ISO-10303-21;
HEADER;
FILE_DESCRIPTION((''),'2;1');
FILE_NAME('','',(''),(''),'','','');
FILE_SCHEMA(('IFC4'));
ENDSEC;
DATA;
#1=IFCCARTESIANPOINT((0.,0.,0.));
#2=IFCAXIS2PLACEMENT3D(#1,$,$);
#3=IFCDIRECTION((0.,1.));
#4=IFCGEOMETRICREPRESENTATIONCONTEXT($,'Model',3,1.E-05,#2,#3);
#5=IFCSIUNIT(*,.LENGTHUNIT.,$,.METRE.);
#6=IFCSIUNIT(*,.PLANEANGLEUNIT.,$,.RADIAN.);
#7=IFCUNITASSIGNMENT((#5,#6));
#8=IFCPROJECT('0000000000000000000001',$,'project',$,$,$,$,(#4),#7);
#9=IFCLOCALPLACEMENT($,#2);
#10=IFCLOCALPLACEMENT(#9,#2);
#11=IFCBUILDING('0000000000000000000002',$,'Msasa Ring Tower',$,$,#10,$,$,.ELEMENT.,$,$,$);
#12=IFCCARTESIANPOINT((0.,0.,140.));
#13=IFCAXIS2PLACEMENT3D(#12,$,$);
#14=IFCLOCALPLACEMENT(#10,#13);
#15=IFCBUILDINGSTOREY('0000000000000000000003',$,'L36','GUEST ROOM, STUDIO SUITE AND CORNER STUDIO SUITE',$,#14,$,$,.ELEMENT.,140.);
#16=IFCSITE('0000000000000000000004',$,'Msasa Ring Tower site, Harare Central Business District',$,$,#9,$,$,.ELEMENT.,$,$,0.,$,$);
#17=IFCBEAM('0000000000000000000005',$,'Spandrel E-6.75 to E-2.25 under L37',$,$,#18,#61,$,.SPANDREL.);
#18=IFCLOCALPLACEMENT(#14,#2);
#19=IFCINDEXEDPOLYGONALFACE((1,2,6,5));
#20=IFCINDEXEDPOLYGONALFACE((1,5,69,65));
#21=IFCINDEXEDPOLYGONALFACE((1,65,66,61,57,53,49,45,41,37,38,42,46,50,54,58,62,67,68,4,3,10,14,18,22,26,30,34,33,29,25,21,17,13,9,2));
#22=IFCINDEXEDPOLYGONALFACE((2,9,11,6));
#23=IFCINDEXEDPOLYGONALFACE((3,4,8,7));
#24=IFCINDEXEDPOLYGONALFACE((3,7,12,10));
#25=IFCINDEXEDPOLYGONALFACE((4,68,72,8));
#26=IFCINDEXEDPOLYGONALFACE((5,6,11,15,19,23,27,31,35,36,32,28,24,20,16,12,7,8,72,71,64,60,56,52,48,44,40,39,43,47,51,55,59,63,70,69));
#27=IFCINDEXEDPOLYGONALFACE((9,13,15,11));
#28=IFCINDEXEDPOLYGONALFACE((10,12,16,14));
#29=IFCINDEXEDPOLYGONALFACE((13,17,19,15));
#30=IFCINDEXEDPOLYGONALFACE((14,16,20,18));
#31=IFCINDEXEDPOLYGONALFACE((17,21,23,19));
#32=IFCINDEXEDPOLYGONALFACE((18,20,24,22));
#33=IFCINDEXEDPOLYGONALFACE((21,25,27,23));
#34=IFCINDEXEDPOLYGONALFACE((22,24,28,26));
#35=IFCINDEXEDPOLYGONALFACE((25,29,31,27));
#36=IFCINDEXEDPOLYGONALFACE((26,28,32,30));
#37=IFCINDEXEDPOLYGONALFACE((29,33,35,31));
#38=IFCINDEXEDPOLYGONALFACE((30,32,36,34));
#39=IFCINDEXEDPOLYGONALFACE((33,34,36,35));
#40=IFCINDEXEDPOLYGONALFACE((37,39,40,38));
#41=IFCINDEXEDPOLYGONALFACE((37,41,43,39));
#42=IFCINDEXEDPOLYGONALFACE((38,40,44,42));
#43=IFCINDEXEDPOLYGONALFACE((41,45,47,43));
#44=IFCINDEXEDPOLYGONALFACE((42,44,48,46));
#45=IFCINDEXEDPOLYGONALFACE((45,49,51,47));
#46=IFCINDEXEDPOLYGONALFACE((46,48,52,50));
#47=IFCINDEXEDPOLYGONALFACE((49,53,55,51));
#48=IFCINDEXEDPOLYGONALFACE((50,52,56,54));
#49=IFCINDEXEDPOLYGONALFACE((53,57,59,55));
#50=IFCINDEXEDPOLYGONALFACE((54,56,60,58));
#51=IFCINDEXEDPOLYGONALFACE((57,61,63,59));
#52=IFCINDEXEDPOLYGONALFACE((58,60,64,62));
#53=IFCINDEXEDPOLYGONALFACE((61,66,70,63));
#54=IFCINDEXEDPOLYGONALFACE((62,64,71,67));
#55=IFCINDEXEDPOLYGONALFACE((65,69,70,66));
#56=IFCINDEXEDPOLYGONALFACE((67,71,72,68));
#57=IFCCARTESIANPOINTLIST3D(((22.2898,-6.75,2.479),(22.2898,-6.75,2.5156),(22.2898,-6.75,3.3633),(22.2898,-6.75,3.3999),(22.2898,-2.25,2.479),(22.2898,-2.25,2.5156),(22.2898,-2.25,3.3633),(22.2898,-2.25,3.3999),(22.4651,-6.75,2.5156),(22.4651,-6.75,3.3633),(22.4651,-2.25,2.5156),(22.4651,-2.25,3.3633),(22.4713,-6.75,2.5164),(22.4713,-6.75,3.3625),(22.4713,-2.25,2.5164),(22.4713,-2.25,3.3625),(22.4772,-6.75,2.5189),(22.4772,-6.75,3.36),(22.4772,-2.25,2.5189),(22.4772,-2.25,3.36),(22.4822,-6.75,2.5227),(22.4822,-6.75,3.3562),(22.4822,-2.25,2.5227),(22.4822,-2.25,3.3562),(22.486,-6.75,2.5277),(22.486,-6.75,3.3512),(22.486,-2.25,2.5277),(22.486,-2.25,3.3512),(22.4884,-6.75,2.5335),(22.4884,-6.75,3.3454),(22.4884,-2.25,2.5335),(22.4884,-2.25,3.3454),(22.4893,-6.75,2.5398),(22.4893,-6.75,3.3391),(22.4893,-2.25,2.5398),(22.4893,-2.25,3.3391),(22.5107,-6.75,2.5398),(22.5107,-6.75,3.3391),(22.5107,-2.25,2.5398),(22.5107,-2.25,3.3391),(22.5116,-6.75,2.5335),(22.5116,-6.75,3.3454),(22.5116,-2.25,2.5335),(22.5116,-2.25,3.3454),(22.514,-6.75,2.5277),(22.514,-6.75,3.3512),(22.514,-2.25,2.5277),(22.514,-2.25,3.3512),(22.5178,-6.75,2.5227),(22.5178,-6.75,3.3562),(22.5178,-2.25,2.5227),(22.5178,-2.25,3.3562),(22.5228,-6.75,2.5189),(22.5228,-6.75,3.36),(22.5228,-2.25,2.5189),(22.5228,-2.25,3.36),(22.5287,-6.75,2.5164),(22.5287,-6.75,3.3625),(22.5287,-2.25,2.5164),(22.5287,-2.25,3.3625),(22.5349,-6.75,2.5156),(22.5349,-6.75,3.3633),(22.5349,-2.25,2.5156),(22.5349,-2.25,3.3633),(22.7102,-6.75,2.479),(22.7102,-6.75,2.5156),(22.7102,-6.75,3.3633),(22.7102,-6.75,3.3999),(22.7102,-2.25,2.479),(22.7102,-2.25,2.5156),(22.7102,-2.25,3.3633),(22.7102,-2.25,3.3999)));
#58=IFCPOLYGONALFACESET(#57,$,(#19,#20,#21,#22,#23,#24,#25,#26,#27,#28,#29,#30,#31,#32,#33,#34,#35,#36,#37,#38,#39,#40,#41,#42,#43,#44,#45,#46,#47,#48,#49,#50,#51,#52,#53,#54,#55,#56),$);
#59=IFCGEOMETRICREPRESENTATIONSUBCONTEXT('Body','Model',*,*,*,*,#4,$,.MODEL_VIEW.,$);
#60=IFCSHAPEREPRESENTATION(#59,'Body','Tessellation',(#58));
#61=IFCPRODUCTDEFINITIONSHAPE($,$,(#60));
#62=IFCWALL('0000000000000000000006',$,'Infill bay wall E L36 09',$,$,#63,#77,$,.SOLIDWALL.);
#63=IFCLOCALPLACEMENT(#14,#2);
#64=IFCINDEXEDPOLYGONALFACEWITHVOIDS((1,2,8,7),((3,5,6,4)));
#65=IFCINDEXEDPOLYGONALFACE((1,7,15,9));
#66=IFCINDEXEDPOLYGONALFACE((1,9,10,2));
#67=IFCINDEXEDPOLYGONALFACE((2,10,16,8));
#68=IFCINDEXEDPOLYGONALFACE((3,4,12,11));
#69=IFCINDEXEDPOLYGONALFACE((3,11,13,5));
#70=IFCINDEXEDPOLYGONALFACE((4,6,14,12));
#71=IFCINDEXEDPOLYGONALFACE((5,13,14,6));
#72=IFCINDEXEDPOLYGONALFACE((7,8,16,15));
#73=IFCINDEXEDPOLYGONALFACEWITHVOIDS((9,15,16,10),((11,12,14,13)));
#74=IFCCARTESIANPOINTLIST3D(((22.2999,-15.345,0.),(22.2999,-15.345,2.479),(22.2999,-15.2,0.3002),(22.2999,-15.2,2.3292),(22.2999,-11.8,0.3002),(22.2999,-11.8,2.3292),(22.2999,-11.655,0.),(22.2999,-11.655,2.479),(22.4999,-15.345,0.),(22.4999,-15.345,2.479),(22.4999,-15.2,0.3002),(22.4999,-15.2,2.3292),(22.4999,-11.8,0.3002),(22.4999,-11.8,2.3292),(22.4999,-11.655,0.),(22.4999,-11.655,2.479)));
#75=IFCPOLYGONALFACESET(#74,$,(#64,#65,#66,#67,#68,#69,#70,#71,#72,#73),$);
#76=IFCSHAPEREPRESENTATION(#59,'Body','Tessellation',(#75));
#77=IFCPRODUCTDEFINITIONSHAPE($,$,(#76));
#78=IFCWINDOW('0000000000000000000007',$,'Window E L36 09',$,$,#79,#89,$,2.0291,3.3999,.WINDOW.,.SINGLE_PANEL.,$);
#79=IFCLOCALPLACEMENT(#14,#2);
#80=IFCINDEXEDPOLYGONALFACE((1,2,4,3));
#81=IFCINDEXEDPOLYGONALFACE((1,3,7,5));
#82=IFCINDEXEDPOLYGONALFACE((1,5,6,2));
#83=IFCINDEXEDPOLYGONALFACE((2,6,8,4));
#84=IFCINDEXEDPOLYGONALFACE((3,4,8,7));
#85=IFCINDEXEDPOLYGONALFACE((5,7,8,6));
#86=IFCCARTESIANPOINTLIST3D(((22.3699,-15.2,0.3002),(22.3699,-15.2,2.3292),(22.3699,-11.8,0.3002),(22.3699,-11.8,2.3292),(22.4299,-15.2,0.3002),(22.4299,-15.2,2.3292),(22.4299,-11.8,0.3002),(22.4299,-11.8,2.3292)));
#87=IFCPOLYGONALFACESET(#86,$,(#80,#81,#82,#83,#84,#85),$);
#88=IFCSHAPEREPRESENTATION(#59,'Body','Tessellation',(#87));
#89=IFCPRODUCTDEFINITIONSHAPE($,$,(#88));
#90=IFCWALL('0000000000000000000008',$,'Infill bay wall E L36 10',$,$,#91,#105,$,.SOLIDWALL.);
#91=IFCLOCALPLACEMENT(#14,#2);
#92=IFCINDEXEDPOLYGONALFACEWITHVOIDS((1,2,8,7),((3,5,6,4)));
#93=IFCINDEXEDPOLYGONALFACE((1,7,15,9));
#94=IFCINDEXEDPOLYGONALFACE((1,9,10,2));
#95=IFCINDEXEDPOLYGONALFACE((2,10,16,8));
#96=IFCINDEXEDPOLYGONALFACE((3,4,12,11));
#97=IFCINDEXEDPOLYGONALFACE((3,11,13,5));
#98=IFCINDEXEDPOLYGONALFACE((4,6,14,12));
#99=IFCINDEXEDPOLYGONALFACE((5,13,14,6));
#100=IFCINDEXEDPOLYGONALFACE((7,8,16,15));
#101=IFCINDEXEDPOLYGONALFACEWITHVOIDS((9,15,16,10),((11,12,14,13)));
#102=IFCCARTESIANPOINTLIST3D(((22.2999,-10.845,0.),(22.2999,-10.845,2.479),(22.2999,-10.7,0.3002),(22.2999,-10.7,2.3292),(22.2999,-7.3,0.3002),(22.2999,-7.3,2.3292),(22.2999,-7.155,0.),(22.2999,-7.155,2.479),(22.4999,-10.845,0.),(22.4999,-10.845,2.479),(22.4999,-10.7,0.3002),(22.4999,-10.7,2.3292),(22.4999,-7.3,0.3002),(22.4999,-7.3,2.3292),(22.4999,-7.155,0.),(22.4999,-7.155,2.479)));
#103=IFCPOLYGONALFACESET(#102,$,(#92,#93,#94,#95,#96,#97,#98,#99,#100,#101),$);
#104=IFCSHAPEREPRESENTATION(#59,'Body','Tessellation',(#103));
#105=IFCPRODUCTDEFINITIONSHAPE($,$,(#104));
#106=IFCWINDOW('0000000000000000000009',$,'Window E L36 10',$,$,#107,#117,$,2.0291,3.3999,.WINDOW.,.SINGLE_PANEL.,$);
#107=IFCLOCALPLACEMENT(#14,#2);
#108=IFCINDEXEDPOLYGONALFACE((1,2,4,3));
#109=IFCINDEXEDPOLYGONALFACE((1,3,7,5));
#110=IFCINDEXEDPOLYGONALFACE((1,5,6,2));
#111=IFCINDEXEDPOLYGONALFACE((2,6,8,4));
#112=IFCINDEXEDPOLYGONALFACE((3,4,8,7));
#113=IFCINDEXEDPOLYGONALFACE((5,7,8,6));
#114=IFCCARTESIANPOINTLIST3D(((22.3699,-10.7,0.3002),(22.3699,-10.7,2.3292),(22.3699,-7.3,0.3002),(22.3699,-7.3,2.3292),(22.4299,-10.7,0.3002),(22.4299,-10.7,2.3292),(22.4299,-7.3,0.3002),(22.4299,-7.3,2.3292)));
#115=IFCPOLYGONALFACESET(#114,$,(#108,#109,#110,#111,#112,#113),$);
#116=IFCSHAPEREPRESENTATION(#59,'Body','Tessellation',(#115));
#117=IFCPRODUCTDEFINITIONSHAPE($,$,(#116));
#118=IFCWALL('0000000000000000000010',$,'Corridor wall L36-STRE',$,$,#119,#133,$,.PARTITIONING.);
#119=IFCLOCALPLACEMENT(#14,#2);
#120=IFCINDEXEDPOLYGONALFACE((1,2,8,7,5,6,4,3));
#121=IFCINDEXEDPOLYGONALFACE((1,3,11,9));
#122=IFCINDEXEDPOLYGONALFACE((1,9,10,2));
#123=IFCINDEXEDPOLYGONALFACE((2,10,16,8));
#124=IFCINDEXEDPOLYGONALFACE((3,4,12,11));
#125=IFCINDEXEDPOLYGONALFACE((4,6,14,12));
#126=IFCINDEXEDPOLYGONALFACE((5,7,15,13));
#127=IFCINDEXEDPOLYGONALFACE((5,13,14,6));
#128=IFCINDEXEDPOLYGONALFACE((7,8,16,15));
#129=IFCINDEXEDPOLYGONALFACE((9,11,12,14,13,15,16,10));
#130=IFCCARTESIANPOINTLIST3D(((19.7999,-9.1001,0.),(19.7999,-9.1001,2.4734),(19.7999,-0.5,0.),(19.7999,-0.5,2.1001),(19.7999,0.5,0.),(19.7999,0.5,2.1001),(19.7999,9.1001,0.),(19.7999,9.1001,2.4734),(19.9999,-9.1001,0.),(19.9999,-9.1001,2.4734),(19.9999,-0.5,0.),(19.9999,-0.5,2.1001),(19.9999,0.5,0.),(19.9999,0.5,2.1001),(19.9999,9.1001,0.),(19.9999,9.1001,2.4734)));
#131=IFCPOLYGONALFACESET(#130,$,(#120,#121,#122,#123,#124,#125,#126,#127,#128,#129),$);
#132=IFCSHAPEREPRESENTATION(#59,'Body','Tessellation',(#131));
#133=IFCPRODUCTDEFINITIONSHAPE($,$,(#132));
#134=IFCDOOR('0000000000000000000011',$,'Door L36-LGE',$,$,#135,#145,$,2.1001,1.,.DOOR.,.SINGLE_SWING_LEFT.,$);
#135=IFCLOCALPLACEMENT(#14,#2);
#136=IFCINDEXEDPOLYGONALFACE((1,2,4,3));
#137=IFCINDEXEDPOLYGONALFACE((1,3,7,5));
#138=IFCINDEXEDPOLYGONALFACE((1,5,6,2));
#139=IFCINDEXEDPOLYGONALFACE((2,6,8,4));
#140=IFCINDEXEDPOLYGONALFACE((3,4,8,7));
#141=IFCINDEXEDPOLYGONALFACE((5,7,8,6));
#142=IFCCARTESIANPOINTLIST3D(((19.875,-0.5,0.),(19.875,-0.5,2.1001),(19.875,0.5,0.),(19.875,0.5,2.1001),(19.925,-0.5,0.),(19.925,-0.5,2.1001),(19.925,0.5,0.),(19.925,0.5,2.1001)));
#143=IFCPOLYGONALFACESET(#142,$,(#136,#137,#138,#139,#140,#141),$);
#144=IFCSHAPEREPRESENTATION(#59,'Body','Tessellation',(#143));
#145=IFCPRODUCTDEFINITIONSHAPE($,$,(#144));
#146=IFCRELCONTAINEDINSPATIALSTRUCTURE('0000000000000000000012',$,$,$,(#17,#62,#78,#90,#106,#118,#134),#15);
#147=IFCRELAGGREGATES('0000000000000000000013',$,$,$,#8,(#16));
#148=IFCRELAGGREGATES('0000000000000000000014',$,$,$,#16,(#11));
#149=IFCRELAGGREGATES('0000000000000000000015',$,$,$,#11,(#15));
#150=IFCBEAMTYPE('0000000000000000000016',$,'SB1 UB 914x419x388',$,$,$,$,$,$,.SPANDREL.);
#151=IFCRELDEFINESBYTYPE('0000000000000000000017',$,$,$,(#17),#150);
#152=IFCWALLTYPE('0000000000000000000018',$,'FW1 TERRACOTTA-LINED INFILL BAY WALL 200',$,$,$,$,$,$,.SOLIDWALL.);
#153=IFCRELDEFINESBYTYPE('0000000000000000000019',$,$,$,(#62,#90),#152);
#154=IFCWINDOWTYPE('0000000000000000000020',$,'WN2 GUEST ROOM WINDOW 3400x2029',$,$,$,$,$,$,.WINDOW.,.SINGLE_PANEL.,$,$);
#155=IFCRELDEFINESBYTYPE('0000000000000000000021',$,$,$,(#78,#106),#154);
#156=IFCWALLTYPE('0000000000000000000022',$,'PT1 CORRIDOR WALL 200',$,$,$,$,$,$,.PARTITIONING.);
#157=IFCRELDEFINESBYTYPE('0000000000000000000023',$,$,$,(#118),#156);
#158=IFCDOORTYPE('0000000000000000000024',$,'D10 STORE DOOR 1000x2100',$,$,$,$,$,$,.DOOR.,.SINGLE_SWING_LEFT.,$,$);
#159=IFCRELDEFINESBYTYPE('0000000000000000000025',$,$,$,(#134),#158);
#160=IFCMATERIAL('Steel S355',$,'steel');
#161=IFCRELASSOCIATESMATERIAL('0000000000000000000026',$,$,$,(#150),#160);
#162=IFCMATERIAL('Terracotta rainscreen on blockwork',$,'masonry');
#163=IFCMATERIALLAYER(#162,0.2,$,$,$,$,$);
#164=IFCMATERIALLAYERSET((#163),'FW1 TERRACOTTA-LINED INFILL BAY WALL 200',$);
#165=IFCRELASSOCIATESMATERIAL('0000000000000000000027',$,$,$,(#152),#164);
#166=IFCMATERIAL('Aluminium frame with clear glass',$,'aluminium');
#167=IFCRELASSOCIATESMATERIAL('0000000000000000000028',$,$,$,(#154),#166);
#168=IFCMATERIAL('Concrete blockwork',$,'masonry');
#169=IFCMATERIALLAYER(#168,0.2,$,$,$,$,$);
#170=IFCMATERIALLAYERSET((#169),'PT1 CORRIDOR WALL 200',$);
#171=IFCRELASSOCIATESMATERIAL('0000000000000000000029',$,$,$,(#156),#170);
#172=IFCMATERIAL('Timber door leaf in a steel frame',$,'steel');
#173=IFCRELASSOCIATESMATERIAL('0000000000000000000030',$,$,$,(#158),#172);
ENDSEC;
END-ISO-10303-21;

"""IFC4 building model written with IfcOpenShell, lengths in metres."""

from ifc_helpers import new_model, si_unit, direction, frame, frame_2d, origin, origin_2d, place, context, subcontext, project, spatial, rectangle, i_section, extrude, material, layer, layer_set, material_profile, profile_set, type_object, element, fill, save


model = new_model("IFC4")

# Units and contexts
model_context = context("Model", 3, precision=1e-05, world=origin(), true_north=direction((0.0, 1.0)))
body_context = subcontext(model_context, "Body", "Model", "MODEL_VIEW")
ifc_project = project(units=[si_unit("LENGTHUNIT", "METRE"), si_unit("PLANEANGLEUNIT", "RADIAN")], contexts=[model_context])

# Site, building, storey
site_placement = place(None, origin())
site = spatial("IfcSite", under=ifc_project, at=site_placement, Name="Msasa Ring Tower site, Harare Central Business District", CompositionType="ELEMENT", RefElevation=0.0)
building_placement = place(site_placement, origin())
building = spatial("IfcBuilding", under=site, at=building_placement, Name="Msasa Ring Tower", CompositionType="ELEMENT")
storey_placement = place(building_placement, frame((0.0, 0.0, 140.0)))
storey = spatial("IfcBuildingStorey", under=building, at=storey_placement, Name="L36", Description="GUEST ROOM, STUDIO SUITE AND CORNER STUDIO SUITE", CompositionType="ELEMENT", Elevation=140.0)

# Beam
ifc_material_1 = material(Name="Steel S355", Category="steel")
ifc_material_profile_1 = material_profile(ifc_material_1, i_section(OverallWidth=0.4204, OverallDepth=0.9209, WebThickness=0.0215, FlangeThickness=0.0366, FilletRadius=0.0242, at=origin_2d()), Name="UB 914x419x388")
ifc_profile_set_1 = profile_set([ifc_material_profile_1], Name="Steel S355")
beam_type_1 = type_object("IfcBeamType", Name="SB1 UB 914x419x388", PredefinedType="SPANDREL", material=ifc_profile_set_1)
for number, where, z_axis, x_axis, name in (
    (1, (22.5, -6.75, 2.9395), (0.0, 1.0, 0.0), (-1.0, 0.0, 0.0), "Spandrel E-6.75 to E-2.25 under L37"),
):
    element("IfcBeam", number, at=place(storey_placement, frame(where, z_axis=z_axis, x_axis=x_axis)), inside=storey, type_object=beam_type_1, Name=name, PredefinedType="SPANDREL", context=body_context, shape_type="SweptSolid", body=[
        extrude(i_section(OverallWidth=0.4204, OverallDepth=0.9209, WebThickness=0.0215, FlangeThickness=0.0366, FilletRadius=0.0242, at=origin_2d()), origin(), (0.0, 0.0, 1.0), 4.5),
    ])

# Walls, openings, windows
ifc_material_2 = material(Name="Terracotta rainscreen on blockwork", Category="masonry")
ifc_layer_1 = layer(ifc_material_2, 0.2)
ifc_layer_set_1 = layer_set([ifc_layer_1], Name="FW1 TERRACOTTA-LINED INFILL BAY WALL 200")
wall_type_1 = type_object("IfcWallType", Name="FW1 TERRACOTTA-LINED INFILL BAY WALL 200", PredefinedType="SOLIDWALL", material=ifc_layer_set_1)
wall_1_placement = place(storey_placement, frame((22.3999, -15.345, 0.0), z_axis=(0.0, 0.0, 1.0), x_axis=(0.0, 1.0, 0.0)))
wall_1 = element("IfcWall", 2, at=wall_1_placement, inside=storey, type_object=wall_type_1, Name="Infill bay wall E L36 09", PredefinedType="SOLIDWALL", context=body_context, shape_type="SweptSolid", body=[
    extrude(rectangle(XDim=3.6899, YDim=0.2, at=frame_2d((1.845, 0.0))), origin(), (0.0, 0.0, 1.0), 2.479),
])
opening_1_placement = place(wall_1_placement, frame((0.145, 0.0, 0.3)))
opening_1 = element("IfcOpeningElement", 3, at=opening_1_placement, cuts=wall_1, PredefinedType="OPENING", context=body_context, shape_type="SweptSolid", body=[
    extrude(rectangle(XDim=3.3999, YDim=2.0291, at=frame_2d((1.7, 1.0146))), frame((0.0, 0.1099, 0.0), z_axis=(0.0, -1.0, 0.0), x_axis=(1.0, 0.0, 0.0)), (0.0, 0.0, 1.0), 0.22),
])
ifc_material_3 = material(Name="Aluminium frame with clear glass", Category="aluminium")
window_type = type_object("IfcWindowType", Name="WN2 GUEST ROOM WINDOW 3400x2029", PartitioningType="SINGLE_PANEL", PredefinedType="WINDOW", material=ifc_material_3)
window_1_placement = place(opening_1_placement, origin())
window_1 = element("IfcWindow", 4, at=window_1_placement, inside=storey, type_object=window_type, Name="Window E L36 09", OverallHeight=2.0291, OverallWidth=3.3999, PartitioningType="SINGLE_PANEL", PredefinedType="WINDOW", context=body_context, shape_type="SweptSolid", body=[
    extrude(rectangle(XDim=3.3999, YDim=2.0291, at=frame_2d((1.7, 1.0146))), frame((0.0, 0.03, 0.0), z_axis=(0.0, -1.0, 0.0), x_axis=(1.0, 0.0, 0.0)), (0.0, 0.0, 1.0), 0.0601),
])
fill(opening_1, window_1)
wall_2_placement = place(storey_placement, frame((22.3999, -10.845, 0.0), z_axis=(0.0, 0.0, 1.0), x_axis=(0.0, 1.0, 0.0)))
wall_2 = element("IfcWall", 5, at=wall_2_placement, inside=storey, type_object=wall_type_1, Name="Infill bay wall E L36 10", PredefinedType="SOLIDWALL", context=body_context, shape_type="SweptSolid", body=[
    extrude(rectangle(XDim=3.6899, YDim=0.2, at=frame_2d((1.845, 0.0))), origin(), (0.0, 0.0, 1.0), 2.479),
])
opening_2_placement = place(wall_2_placement, frame((0.145, 0.0, 0.3)))
opening_2 = element("IfcOpeningElement", 6, at=opening_2_placement, cuts=wall_2, PredefinedType="OPENING", context=body_context, shape_type="SweptSolid", body=[
    extrude(rectangle(XDim=3.3999, YDim=2.0291, at=frame_2d((1.7, 1.0146))), frame((0.0, 0.1099, 0.0), z_axis=(0.0, -1.0, 0.0), x_axis=(1.0, 0.0, 0.0)), (0.0, 0.0, 1.0), 0.22),
])
window_2_placement = place(opening_2_placement, origin())
window_2 = element("IfcWindow", 7, at=window_2_placement, inside=storey, type_object=window_type, Name="Window E L36 10", OverallHeight=2.0291, OverallWidth=3.3999, PartitioningType="SINGLE_PANEL", PredefinedType="WINDOW", context=body_context, shape_type="SweptSolid", body=[
    extrude(rectangle(XDim=3.3999, YDim=2.0291, at=frame_2d((1.7, 1.0146))), frame((0.0, 0.03, 0.0), z_axis=(0.0, -1.0, 0.0), x_axis=(1.0, 0.0, 0.0)), (0.0, 0.0, 1.0), 0.0601),
])
fill(opening_2, window_2)

# Wall, opening, door
ifc_material_4 = material(Name="Concrete blockwork", Category="masonry")
ifc_layer_2 = layer(ifc_material_4, 0.2)
ifc_layer_set_2 = layer_set([ifc_layer_2], Name="PT1 CORRIDOR WALL 200")
wall_type_2 = type_object("IfcWallType", Name="PT1 CORRIDOR WALL 200", PredefinedType="PARTITIONING", material=ifc_layer_set_2)
wall_3_placement = place(storey_placement, frame((19.8999, -9.1001, 0.0), z_axis=(0.0, 0.0, 1.0), x_axis=(0.0, 1.0, 0.0)))
wall_3 = element("IfcWall", 8, at=wall_3_placement, inside=storey, type_object=wall_type_2, Name="Corridor wall L36-STRE", PredefinedType="PARTITIONING", context=body_context, shape_type="SweptSolid", body=[
    extrude(rectangle(XDim=18.2002, YDim=0.2, at=frame_2d((9.1001, 0.0))), origin(), (0.0, 0.0, 1.0), 2.4734),
])
opening_3_placement = place(wall_3_placement, frame((8.6001, 0.0, 0.0)))
opening_3 = element("IfcOpeningElement", 9, at=opening_3_placement, cuts=wall_3, PredefinedType="OPENING", context=body_context, shape_type="SweptSolid", body=[
    extrude(rectangle(XDim=1.0, YDim=2.1001, at=frame_2d((0.5, 1.05))), frame((0.0, 0.1099, 0.0), z_axis=(0.0, -1.0, 0.0), x_axis=(1.0, 0.0, 0.0)), (0.0, 0.0, 1.0), 0.22),
])
ifc_material_5 = material(Name="Timber door leaf in a steel frame", Category="steel")
door_type_1 = type_object("IfcDoorType", Name="D10 STORE DOOR 1000x2100", OperationType="SINGLE_SWING_LEFT", PredefinedType="DOOR", material=ifc_material_5)
door_1_placement = place(opening_3_placement, origin())
door_1 = element("IfcDoor", 10, at=door_1_placement, inside=storey, type_object=door_type_1, Name="Door L36-LGE", OperationType="SINGLE_SWING_LEFT", OverallHeight=2.1001, OverallWidth=1.0, PredefinedType="DOOR", context=body_context, shape_type="SweptSolid", body=[
    extrude(rectangle(XDim=1.0, YDim=2.1001, at=frame_2d((0.5, 1.05))), frame((0.0, 0.0249, 0.0), z_axis=(0.0, -1.0, 0.0), x_axis=(1.0, 0.0, 0.0)), (0.0, 0.0, 1.0), 0.05),
])
fill(opening_3, door_1)

save(model, "model.ifc")
